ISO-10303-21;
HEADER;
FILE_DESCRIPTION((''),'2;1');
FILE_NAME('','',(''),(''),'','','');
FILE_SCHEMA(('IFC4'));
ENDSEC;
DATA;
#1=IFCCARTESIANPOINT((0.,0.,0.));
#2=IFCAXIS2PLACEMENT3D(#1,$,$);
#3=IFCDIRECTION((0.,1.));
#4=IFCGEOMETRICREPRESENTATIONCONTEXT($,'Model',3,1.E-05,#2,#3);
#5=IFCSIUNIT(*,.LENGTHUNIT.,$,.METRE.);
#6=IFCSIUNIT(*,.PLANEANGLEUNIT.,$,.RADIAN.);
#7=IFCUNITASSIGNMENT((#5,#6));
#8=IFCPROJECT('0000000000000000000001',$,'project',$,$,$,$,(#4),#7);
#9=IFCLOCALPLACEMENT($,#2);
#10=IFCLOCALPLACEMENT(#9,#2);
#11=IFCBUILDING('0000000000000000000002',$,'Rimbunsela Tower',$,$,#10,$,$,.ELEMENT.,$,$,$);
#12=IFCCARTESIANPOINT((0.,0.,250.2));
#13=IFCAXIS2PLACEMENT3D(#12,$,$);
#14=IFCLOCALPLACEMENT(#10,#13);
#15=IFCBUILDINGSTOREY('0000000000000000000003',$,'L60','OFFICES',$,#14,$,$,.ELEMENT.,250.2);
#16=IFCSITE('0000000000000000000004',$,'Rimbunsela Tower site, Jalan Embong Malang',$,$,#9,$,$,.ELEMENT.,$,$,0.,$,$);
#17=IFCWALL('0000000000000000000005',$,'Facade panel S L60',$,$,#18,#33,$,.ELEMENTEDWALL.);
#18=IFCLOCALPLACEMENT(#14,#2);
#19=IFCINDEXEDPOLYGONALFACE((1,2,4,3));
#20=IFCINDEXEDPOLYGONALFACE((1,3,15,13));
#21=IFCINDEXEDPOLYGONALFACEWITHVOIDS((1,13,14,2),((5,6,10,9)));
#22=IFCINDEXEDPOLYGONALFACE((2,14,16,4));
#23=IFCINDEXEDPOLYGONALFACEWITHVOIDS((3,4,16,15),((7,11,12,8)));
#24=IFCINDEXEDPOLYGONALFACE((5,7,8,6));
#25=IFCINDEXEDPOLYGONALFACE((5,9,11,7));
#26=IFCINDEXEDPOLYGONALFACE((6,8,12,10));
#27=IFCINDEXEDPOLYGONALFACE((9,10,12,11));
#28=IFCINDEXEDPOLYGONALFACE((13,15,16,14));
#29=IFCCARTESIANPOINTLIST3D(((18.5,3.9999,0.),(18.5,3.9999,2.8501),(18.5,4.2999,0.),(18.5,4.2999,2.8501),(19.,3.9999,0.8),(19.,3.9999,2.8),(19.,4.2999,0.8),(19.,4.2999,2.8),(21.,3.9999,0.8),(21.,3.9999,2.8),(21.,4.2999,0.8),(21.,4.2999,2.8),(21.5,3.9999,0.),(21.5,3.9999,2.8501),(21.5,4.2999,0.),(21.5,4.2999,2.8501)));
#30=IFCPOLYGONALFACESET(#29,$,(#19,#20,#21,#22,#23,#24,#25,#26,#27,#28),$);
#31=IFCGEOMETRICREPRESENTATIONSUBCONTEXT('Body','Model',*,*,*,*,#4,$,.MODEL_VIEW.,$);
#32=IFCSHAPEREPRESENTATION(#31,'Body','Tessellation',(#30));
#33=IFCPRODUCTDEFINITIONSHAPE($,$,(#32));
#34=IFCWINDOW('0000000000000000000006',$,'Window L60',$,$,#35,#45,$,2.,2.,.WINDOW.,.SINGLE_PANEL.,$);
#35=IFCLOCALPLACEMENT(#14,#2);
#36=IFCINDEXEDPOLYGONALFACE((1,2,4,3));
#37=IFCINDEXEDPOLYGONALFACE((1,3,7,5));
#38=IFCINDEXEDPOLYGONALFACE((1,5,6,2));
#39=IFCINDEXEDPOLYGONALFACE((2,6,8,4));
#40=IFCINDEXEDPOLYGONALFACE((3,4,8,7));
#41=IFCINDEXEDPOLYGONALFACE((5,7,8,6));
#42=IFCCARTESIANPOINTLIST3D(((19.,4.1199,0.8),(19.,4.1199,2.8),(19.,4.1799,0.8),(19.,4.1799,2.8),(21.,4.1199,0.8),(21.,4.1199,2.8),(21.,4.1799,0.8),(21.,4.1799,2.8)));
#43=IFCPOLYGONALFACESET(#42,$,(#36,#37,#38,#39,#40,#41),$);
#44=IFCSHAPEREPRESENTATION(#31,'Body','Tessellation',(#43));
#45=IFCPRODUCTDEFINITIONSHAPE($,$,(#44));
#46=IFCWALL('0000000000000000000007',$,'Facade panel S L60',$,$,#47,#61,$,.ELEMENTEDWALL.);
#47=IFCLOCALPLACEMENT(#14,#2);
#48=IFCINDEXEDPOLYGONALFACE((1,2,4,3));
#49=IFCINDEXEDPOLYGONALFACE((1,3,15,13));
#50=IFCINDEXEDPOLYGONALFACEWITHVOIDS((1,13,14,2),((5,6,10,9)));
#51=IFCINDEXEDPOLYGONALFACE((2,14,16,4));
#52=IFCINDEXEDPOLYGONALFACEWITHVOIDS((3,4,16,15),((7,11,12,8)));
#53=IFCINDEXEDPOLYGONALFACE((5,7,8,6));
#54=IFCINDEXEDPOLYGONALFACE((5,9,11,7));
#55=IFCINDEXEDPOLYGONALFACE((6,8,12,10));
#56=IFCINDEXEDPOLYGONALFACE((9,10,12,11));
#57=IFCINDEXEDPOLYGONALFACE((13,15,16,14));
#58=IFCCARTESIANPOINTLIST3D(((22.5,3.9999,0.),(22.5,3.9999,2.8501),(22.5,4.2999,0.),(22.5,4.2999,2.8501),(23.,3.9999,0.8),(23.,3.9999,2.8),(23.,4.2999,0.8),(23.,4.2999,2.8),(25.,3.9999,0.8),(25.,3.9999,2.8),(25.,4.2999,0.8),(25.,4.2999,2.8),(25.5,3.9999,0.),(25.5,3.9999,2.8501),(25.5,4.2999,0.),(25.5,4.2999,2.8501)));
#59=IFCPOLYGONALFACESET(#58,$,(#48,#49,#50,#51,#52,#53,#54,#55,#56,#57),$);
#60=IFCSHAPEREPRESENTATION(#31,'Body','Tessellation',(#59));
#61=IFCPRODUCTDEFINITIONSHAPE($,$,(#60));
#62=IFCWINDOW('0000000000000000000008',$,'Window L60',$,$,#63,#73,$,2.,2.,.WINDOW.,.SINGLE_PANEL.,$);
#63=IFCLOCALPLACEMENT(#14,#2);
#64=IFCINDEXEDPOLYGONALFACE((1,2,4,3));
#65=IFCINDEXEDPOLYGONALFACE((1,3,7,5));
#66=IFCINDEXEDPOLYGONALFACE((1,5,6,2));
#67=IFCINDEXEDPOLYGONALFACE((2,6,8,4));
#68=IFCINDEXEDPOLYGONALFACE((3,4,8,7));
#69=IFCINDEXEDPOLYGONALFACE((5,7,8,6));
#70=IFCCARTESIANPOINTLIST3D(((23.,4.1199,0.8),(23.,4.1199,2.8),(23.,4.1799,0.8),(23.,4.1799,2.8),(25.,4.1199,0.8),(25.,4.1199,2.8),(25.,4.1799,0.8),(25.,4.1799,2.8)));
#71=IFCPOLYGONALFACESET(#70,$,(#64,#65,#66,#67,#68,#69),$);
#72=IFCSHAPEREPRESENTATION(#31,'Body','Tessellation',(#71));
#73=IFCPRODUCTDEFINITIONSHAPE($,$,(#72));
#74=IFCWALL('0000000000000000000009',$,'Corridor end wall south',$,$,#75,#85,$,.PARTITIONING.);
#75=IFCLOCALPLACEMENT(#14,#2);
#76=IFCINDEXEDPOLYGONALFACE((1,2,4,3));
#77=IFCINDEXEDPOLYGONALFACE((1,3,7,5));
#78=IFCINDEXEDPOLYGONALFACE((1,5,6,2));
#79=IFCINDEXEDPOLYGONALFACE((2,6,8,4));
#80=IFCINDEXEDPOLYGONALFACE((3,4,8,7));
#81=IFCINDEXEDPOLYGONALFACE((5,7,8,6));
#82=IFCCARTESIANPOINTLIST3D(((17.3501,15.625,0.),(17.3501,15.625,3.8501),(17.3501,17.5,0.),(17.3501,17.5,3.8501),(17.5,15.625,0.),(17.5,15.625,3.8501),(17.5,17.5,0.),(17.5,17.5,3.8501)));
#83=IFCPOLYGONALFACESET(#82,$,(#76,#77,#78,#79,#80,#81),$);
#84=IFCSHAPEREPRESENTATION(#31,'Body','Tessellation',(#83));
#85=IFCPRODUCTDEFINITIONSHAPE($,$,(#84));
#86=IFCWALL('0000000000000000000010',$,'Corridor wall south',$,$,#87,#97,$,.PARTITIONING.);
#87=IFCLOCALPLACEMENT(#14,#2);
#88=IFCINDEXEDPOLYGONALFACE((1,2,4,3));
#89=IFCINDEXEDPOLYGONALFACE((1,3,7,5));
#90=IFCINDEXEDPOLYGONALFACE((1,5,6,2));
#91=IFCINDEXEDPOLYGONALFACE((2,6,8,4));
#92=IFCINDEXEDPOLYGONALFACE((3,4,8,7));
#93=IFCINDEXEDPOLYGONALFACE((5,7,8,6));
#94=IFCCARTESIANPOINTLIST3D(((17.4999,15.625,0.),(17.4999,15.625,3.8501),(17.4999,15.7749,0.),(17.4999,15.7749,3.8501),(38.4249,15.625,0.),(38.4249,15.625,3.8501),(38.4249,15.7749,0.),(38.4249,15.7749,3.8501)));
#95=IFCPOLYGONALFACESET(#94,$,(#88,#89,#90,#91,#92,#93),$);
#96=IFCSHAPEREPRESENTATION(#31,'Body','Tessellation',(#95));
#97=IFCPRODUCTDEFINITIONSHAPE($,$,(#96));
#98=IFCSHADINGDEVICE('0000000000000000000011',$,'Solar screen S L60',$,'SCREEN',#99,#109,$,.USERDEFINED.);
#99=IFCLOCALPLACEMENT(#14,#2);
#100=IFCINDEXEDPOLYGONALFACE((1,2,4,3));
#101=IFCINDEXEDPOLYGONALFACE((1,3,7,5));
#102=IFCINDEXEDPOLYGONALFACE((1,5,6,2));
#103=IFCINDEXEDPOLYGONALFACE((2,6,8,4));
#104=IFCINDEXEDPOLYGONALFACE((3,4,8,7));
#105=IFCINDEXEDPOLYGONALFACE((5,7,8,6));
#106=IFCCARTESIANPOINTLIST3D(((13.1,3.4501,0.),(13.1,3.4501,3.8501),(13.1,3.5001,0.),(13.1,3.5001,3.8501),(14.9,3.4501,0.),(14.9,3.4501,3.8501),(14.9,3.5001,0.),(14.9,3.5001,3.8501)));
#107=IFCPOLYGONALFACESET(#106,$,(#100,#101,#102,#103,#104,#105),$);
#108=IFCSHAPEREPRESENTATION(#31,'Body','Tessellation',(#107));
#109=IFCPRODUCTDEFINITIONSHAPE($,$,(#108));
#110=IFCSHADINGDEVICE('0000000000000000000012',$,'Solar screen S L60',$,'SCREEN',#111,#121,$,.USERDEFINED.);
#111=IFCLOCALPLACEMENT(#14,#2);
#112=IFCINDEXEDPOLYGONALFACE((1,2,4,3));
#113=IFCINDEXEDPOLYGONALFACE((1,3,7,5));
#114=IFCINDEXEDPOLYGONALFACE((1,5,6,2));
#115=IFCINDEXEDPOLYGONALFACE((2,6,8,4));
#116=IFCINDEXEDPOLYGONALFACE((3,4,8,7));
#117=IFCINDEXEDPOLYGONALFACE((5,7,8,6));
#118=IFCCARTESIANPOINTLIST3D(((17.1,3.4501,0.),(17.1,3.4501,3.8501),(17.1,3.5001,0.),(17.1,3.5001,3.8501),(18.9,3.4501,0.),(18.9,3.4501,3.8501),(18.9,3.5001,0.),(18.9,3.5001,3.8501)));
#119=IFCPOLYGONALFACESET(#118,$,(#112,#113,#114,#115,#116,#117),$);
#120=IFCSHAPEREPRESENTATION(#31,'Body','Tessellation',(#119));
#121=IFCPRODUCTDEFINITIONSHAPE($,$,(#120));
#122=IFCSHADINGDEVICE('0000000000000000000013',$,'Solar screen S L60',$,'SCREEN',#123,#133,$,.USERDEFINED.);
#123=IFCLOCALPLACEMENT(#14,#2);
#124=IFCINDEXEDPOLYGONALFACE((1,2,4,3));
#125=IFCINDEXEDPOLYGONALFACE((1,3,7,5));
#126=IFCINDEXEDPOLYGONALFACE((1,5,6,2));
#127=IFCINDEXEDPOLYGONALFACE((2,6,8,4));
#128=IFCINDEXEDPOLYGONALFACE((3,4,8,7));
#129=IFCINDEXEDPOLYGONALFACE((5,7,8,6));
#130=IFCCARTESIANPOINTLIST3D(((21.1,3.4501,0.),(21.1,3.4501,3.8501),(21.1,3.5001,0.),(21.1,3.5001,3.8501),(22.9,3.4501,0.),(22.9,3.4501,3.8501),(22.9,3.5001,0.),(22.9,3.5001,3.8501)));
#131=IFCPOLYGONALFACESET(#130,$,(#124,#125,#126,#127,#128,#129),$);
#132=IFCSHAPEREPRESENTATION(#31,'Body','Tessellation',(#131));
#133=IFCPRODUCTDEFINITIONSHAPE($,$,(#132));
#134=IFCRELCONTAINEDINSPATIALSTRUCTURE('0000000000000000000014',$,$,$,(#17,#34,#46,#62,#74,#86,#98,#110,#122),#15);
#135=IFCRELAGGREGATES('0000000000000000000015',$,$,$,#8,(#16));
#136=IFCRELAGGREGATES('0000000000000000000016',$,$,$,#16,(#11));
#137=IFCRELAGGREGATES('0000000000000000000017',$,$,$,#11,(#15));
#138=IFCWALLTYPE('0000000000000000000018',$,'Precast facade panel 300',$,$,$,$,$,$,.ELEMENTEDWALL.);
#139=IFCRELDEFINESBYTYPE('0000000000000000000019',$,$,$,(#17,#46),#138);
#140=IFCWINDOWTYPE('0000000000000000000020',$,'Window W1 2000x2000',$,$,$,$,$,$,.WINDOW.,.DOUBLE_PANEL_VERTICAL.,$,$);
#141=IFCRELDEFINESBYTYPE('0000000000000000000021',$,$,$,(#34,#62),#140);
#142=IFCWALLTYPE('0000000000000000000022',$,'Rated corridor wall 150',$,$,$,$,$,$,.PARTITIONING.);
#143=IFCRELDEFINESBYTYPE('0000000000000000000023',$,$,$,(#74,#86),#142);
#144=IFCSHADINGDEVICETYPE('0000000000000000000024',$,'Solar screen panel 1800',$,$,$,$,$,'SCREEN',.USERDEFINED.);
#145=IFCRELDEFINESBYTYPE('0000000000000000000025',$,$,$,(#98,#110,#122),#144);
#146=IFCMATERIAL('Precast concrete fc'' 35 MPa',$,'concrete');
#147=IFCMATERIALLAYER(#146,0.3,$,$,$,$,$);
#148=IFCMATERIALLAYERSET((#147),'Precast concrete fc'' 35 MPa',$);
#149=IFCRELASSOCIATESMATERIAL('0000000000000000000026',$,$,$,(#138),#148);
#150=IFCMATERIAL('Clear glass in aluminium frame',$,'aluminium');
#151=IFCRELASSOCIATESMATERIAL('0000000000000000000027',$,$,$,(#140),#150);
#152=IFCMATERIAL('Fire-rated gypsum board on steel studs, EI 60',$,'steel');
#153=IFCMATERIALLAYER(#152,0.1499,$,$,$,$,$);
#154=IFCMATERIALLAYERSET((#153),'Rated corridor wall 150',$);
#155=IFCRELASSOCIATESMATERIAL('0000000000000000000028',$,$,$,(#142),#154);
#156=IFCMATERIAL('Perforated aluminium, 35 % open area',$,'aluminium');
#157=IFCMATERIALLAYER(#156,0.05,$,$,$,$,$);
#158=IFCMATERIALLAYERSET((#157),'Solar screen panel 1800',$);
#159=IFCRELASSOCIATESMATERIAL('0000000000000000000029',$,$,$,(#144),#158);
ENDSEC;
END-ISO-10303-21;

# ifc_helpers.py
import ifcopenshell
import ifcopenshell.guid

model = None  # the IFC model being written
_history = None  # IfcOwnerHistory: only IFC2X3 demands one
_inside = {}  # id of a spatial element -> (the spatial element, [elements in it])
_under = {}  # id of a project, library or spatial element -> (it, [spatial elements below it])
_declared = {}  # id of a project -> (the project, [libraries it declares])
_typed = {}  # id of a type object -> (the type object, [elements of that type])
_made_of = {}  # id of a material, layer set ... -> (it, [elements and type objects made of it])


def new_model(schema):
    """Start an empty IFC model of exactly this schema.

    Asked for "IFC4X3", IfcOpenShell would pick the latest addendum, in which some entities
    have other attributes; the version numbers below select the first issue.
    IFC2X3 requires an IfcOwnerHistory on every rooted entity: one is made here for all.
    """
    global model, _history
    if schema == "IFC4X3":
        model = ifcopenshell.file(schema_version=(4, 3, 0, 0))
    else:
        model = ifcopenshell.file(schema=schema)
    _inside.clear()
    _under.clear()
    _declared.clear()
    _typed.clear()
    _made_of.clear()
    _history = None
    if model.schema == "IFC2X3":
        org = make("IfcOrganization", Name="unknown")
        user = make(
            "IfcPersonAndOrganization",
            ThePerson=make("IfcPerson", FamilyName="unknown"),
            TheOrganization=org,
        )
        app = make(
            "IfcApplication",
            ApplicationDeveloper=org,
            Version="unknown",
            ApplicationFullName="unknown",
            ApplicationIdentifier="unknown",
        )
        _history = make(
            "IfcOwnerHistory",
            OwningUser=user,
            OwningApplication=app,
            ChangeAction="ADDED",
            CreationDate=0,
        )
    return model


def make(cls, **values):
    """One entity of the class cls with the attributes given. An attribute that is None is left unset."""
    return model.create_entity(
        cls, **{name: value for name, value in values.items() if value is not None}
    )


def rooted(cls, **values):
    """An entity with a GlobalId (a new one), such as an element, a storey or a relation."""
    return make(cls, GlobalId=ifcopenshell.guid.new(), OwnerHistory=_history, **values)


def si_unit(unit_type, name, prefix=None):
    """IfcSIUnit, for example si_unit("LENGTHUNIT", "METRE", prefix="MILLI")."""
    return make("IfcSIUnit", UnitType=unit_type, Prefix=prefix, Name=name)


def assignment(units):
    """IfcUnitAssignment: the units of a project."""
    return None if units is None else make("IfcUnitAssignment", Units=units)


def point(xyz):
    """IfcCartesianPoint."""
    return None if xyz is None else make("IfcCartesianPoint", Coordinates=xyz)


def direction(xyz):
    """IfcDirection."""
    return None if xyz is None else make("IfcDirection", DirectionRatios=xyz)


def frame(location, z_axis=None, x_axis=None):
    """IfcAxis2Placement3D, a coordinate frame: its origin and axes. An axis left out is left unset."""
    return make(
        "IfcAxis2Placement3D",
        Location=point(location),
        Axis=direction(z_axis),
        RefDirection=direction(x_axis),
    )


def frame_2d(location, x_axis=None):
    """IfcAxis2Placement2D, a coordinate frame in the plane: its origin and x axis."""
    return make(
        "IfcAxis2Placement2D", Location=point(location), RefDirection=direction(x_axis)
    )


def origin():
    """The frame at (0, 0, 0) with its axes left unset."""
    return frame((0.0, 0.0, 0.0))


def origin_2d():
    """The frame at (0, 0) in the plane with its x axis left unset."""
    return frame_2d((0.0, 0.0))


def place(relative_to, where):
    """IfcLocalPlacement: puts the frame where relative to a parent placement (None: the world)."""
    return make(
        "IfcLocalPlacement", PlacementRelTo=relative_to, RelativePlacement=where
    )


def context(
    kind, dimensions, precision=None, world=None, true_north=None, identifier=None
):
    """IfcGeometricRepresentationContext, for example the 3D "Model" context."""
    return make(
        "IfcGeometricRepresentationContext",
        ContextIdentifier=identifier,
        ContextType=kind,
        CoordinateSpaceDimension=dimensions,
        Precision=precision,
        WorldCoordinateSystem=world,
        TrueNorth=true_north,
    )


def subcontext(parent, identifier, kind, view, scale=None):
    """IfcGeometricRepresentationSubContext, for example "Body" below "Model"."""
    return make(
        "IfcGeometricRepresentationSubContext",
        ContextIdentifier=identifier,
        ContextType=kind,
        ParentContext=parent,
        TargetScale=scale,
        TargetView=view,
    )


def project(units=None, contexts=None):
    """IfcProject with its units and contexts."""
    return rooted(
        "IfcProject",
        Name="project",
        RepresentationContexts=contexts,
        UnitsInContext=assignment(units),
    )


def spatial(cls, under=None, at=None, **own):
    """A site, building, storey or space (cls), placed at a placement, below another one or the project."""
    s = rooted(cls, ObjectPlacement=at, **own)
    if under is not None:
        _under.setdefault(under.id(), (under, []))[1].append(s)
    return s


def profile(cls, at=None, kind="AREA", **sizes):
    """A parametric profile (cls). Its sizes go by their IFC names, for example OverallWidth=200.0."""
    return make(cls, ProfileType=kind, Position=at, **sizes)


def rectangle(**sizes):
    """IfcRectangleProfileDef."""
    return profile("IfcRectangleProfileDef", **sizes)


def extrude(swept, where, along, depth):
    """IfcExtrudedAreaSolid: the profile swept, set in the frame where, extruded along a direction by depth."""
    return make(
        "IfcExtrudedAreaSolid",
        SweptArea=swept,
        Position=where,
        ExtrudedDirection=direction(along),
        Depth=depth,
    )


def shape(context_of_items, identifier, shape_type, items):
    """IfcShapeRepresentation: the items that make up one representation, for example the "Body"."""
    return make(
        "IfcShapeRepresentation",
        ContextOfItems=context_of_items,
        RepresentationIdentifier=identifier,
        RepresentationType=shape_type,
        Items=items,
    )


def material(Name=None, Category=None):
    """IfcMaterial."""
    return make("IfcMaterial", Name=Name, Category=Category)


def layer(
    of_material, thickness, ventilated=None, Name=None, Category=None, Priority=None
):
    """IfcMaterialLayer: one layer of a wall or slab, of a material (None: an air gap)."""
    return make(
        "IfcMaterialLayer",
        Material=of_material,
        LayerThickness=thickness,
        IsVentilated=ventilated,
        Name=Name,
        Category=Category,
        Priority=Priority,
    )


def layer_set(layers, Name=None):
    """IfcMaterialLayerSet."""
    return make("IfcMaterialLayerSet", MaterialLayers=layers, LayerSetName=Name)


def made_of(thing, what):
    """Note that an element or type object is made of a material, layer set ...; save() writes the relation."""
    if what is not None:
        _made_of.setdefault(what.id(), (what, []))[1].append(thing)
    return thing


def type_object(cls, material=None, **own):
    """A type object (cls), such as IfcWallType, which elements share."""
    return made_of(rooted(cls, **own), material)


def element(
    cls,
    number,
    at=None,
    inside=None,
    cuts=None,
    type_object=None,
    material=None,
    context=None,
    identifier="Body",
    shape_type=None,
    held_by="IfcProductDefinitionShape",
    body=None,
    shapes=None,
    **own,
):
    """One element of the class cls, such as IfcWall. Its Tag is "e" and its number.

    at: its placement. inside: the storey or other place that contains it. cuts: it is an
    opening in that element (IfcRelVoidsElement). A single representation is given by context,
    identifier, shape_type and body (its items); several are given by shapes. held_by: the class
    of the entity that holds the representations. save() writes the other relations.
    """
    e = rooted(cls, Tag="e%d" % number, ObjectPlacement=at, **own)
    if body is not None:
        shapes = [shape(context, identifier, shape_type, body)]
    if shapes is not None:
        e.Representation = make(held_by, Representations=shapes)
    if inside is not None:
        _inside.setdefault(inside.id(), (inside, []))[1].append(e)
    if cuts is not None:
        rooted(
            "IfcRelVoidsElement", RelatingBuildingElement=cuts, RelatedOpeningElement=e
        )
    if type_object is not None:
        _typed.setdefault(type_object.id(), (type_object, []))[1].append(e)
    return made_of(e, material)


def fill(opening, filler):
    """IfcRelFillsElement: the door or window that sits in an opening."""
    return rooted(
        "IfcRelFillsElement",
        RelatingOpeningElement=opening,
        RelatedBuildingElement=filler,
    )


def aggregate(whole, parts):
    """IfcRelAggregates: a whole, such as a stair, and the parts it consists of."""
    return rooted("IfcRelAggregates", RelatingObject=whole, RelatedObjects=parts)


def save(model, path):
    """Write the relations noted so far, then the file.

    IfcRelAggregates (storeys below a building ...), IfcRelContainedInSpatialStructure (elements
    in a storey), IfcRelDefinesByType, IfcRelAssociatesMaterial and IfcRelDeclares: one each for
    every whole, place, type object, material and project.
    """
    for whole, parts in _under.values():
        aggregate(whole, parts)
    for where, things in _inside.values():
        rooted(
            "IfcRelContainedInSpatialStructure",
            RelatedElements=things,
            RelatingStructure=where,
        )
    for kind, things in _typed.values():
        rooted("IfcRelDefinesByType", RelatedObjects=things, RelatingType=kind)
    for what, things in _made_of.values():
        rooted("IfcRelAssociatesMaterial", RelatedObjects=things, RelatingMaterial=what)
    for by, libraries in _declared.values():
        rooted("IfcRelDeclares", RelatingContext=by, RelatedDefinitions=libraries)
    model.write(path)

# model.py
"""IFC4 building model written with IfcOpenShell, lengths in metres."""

from ifc_helpers import new_model, si_unit, direction, frame, frame_2d, origin, origin_2d, place, context, subcontext, project, spatial, rectangle, extrude, material, layer, layer_set, type_object, element, fill, save


model = new_model("IFC4")

# Units and contexts
model_context = context("Model", 3, precision=1e-05, world=origin(), true_north=direction((0.0, 1.0)))
body_context = subcontext(model_context, "Body", "Model", "MODEL_VIEW")
ifc_project = project(units=[si_unit("LENGTHUNIT", "METRE"), si_unit("PLANEANGLEUNIT", "RADIAN")], contexts=[model_context])

# Site, building, storey
site_placement = place(None, origin())
site = spatial("IfcSite", under=ifc_project, at=site_placement, Name="Rimbunsela Tower site, Jalan Embong Malang", CompositionType="ELEMENT", RefElevation=0.0)
building_placement = place(site_placement, origin())
building = spatial("IfcBuilding", under=site, at=building_placement, Name="Rimbunsela Tower", CompositionType="ELEMENT")
storey_placement = place(building_placement, frame((0.0, 0.0, 250.2)))
storey = spatial("IfcBuildingStorey", under=building, at=storey_placement, Name="L60", Description="OFFICES", CompositionType="ELEMENT", Elevation=250.2)

# Walls, openings, windows
ifc_material_1 = material(Name="Precast concrete fc' 35 MPa", Category="concrete")
ifc_layer_1 = layer(ifc_material_1, 0.3)
ifc_layer_set_1 = layer_set([ifc_layer_1], Name="Precast concrete fc' 35 MPa")
wall_type_1 = type_object("IfcWallType", Name="Precast facade panel 300", PredefinedType="ELEMENTEDWALL", material=ifc_layer_set_1)
ifc_material_2 = material(Name="Clear glass in aluminium frame", Category="aluminium")
window_type = type_object("IfcWindowType", Name="Window W1 2000x2000", PartitioningType="DOUBLE_PANEL_VERTICAL", PredefinedType="WINDOW", material=ifc_material_2)
wall_1_placement = place(storey_placement, frame((18.5, 4.1499, 0.0), z_axis=(0.0, 0.0, 1.0), x_axis=(1.0, 0.0, 0.0)))
wall_1 = element("IfcWall", 1, at=wall_1_placement, inside=storey, type_object=wall_type_1, Name="Facade panel S L60", PredefinedType="ELEMENTEDWALL", context=body_context, shape_type="SweptSolid", body=[
    extrude(rectangle(XDim=3.0, YDim=0.3, at=frame_2d((1.5, 0.0))), origin(), (0.0, 0.0, 1.0), 2.8501),
])
opening_1_placement = place(wall_1_placement, frame((0.5, 0.0, 0.8)))
opening_1 = element("IfcOpeningElement", 2, at=opening_1_placement, cuts=wall_1, PredefinedType="OPENING", context=body_context, shape_type="SweptSolid", body=[
    extrude(rectangle(XDim=2.0, YDim=2.0, at=frame_2d((1.0, 1.0))), frame((0.0, 0.1599, 0.0), z_axis=(0.0, -1.0, 0.0), x_axis=(1.0, 0.0, 0.0)), (0.0, 0.0, 1.0), 0.3201),
])
window_1_placement = place(opening_1_placement, origin())
window_1 = element("IfcWindow", 3, at=window_1_placement, inside=storey, type_object=window_type, Name="Window L60", OverallHeight=2.0, OverallWidth=2.0, PartitioningType="SINGLE_PANEL", PredefinedType="WINDOW", context=body_context, shape_type="SweptSolid", body=[
    extrude(rectangle(XDim=2.0, YDim=2.0, at=frame_2d((1.0, 1.0))), frame((0.0, 0.03, 0.0), z_axis=(0.0, -1.0, 0.0), x_axis=(1.0, 0.0, 0.0)), (0.0, 0.0, 1.0), 0.0601),
])
fill(opening_1, window_1)
wall_2_placement = place(storey_placement, frame((22.5, 4.1499, 0.0), z_axis=(0.0, 0.0, 1.0), x_axis=(1.0, 0.0, 0.0)))
wall_2 = element("IfcWall", 4, at=wall_2_placement, inside=storey, type_object=wall_type_1, Name="Facade panel S L60", PredefinedType="ELEMENTEDWALL", context=body_context, shape_type="SweptSolid", body=[
    extrude(rectangle(XDim=3.0, YDim=0.3, at=frame_2d((1.5, 0.0))), origin(), (0.0, 0.0, 1.0), 2.8501),
])
opening_2_placement = place(wall_2_placement, frame((0.5, 0.0, 0.8)))
opening_2 = element("IfcOpeningElement", 5, at=opening_2_placement, cuts=wall_2, PredefinedType="OPENING", context=body_context, shape_type="SweptSolid", body=[
    extrude(rectangle(XDim=2.0, YDim=2.0, at=frame_2d((1.0, 1.0))), frame((0.0, 0.1599, 0.0), z_axis=(0.0, -1.0, 0.0), x_axis=(1.0, 0.0, 0.0)), (0.0, 0.0, 1.0), 0.3201),
])
window_2_placement = place(opening_2_placement, origin())
window_2 = element("IfcWindow", 6, at=window_2_placement, inside=storey, type_object=window_type, Name="Window L60", OverallHeight=2.0, OverallWidth=2.0, PartitioningType="SINGLE_PANEL", PredefinedType="WINDOW", context=body_context, shape_type="SweptSolid", body=[
    extrude(rectangle(XDim=2.0, YDim=2.0, at=frame_2d((1.0, 1.0))), frame((0.0, 0.03, 0.0), z_axis=(0.0, -1.0, 0.0), x_axis=(1.0, 0.0, 0.0)), (0.0, 0.0, 1.0), 0.0601),
])
fill(opening_2, window_2)

# Walls
ifc_material_3 = material(Name="Fire-rated gypsum board on steel studs, EI 60", Category="steel")
ifc_layer_2 = layer(ifc_material_3, 0.1499)
ifc_layer_set_2 = layer_set([ifc_layer_2], Name="Rated corridor wall 150")
wall_type_2 = type_object("IfcWallType", Name="Rated corridor wall 150", PredefinedType="PARTITIONING", material=ifc_layer_set_2)
wall_3_placement = place(storey_placement, frame((17.425, 15.625, 0.0), z_axis=(0.0, 0.0, 1.0), x_axis=(0.0, 1.0, 0.0)))
element("IfcWall", 7, at=wall_3_placement, inside=storey, type_object=wall_type_2, Name="Corridor end wall south", PredefinedType="PARTITIONING", context=body_context, shape_type="SweptSolid", body=[
    extrude(rectangle(XDim=1.875, YDim=0.1499, at=frame_2d((0.9375, 0.0))), origin(), (0.0, 0.0, 1.0), 3.8501),
])
wall_4_placement = place(storey_placement, frame((17.5, 15.7, 0.0), z_axis=(0.0, 0.0, 1.0), x_axis=(1.0, 0.0, 0.0)))
element("IfcWall", 8, at=wall_4_placement, inside=storey, type_object=wall_type_2, Name="Corridor wall south", PredefinedType="PARTITIONING", context=body_context, shape_type="SweptSolid", body=[
    extrude(rectangle(XDim=20.925, YDim=0.1499, at=frame_2d((10.4624, 0.0))), origin(), (0.0, 0.0, 1.0), 3.8501),
])

# Shading devices
ifc_material_4 = material(Name="Perforated aluminium, 35 % open area", Category="aluminium")
ifc_layer_3 = layer(ifc_material_4, 0.05)
ifc_layer_set_3 = layer_set([ifc_layer_3], Name="Solar screen panel 1800")
shading_device_type = type_object("IfcShadingDeviceType", Name="Solar screen panel 1800", ElementType="SCREEN", PredefinedType="USERDEFINED", material=ifc_layer_set_3)
for number, where, z_axis, x_axis, name in (
    (9, (14.0, 3.4751, 0.0), (0.0, 0.0, 1.0), (1.0, 0.0, 0.0), "Solar screen S L60"),
    (10, (18.0, 3.4751, 0.0), (0.0, 0.0, 1.0), (1.0, 0.0, 0.0), "Solar screen S L60"),
    (11, (22.0, 3.4751, 0.0), (0.0, 0.0, 1.0), (1.0, 0.0, 0.0), "Solar screen S L60"),
):
    element("IfcShadingDevice", number, at=place(storey_placement, frame(where, z_axis=z_axis, x_axis=x_axis)), inside=storey, type_object=shading_device_type, Name=name, ObjectType="SCREEN", PredefinedType="USERDEFINED", context=body_context, shape_type="SweptSolid", body=[
        extrude(rectangle(XDim=1.8, YDim=0.05, at=origin_2d()), origin(), (0.0, 0.0, 1.0), 3.8501),
    ])

save(model, "model.ifc")
